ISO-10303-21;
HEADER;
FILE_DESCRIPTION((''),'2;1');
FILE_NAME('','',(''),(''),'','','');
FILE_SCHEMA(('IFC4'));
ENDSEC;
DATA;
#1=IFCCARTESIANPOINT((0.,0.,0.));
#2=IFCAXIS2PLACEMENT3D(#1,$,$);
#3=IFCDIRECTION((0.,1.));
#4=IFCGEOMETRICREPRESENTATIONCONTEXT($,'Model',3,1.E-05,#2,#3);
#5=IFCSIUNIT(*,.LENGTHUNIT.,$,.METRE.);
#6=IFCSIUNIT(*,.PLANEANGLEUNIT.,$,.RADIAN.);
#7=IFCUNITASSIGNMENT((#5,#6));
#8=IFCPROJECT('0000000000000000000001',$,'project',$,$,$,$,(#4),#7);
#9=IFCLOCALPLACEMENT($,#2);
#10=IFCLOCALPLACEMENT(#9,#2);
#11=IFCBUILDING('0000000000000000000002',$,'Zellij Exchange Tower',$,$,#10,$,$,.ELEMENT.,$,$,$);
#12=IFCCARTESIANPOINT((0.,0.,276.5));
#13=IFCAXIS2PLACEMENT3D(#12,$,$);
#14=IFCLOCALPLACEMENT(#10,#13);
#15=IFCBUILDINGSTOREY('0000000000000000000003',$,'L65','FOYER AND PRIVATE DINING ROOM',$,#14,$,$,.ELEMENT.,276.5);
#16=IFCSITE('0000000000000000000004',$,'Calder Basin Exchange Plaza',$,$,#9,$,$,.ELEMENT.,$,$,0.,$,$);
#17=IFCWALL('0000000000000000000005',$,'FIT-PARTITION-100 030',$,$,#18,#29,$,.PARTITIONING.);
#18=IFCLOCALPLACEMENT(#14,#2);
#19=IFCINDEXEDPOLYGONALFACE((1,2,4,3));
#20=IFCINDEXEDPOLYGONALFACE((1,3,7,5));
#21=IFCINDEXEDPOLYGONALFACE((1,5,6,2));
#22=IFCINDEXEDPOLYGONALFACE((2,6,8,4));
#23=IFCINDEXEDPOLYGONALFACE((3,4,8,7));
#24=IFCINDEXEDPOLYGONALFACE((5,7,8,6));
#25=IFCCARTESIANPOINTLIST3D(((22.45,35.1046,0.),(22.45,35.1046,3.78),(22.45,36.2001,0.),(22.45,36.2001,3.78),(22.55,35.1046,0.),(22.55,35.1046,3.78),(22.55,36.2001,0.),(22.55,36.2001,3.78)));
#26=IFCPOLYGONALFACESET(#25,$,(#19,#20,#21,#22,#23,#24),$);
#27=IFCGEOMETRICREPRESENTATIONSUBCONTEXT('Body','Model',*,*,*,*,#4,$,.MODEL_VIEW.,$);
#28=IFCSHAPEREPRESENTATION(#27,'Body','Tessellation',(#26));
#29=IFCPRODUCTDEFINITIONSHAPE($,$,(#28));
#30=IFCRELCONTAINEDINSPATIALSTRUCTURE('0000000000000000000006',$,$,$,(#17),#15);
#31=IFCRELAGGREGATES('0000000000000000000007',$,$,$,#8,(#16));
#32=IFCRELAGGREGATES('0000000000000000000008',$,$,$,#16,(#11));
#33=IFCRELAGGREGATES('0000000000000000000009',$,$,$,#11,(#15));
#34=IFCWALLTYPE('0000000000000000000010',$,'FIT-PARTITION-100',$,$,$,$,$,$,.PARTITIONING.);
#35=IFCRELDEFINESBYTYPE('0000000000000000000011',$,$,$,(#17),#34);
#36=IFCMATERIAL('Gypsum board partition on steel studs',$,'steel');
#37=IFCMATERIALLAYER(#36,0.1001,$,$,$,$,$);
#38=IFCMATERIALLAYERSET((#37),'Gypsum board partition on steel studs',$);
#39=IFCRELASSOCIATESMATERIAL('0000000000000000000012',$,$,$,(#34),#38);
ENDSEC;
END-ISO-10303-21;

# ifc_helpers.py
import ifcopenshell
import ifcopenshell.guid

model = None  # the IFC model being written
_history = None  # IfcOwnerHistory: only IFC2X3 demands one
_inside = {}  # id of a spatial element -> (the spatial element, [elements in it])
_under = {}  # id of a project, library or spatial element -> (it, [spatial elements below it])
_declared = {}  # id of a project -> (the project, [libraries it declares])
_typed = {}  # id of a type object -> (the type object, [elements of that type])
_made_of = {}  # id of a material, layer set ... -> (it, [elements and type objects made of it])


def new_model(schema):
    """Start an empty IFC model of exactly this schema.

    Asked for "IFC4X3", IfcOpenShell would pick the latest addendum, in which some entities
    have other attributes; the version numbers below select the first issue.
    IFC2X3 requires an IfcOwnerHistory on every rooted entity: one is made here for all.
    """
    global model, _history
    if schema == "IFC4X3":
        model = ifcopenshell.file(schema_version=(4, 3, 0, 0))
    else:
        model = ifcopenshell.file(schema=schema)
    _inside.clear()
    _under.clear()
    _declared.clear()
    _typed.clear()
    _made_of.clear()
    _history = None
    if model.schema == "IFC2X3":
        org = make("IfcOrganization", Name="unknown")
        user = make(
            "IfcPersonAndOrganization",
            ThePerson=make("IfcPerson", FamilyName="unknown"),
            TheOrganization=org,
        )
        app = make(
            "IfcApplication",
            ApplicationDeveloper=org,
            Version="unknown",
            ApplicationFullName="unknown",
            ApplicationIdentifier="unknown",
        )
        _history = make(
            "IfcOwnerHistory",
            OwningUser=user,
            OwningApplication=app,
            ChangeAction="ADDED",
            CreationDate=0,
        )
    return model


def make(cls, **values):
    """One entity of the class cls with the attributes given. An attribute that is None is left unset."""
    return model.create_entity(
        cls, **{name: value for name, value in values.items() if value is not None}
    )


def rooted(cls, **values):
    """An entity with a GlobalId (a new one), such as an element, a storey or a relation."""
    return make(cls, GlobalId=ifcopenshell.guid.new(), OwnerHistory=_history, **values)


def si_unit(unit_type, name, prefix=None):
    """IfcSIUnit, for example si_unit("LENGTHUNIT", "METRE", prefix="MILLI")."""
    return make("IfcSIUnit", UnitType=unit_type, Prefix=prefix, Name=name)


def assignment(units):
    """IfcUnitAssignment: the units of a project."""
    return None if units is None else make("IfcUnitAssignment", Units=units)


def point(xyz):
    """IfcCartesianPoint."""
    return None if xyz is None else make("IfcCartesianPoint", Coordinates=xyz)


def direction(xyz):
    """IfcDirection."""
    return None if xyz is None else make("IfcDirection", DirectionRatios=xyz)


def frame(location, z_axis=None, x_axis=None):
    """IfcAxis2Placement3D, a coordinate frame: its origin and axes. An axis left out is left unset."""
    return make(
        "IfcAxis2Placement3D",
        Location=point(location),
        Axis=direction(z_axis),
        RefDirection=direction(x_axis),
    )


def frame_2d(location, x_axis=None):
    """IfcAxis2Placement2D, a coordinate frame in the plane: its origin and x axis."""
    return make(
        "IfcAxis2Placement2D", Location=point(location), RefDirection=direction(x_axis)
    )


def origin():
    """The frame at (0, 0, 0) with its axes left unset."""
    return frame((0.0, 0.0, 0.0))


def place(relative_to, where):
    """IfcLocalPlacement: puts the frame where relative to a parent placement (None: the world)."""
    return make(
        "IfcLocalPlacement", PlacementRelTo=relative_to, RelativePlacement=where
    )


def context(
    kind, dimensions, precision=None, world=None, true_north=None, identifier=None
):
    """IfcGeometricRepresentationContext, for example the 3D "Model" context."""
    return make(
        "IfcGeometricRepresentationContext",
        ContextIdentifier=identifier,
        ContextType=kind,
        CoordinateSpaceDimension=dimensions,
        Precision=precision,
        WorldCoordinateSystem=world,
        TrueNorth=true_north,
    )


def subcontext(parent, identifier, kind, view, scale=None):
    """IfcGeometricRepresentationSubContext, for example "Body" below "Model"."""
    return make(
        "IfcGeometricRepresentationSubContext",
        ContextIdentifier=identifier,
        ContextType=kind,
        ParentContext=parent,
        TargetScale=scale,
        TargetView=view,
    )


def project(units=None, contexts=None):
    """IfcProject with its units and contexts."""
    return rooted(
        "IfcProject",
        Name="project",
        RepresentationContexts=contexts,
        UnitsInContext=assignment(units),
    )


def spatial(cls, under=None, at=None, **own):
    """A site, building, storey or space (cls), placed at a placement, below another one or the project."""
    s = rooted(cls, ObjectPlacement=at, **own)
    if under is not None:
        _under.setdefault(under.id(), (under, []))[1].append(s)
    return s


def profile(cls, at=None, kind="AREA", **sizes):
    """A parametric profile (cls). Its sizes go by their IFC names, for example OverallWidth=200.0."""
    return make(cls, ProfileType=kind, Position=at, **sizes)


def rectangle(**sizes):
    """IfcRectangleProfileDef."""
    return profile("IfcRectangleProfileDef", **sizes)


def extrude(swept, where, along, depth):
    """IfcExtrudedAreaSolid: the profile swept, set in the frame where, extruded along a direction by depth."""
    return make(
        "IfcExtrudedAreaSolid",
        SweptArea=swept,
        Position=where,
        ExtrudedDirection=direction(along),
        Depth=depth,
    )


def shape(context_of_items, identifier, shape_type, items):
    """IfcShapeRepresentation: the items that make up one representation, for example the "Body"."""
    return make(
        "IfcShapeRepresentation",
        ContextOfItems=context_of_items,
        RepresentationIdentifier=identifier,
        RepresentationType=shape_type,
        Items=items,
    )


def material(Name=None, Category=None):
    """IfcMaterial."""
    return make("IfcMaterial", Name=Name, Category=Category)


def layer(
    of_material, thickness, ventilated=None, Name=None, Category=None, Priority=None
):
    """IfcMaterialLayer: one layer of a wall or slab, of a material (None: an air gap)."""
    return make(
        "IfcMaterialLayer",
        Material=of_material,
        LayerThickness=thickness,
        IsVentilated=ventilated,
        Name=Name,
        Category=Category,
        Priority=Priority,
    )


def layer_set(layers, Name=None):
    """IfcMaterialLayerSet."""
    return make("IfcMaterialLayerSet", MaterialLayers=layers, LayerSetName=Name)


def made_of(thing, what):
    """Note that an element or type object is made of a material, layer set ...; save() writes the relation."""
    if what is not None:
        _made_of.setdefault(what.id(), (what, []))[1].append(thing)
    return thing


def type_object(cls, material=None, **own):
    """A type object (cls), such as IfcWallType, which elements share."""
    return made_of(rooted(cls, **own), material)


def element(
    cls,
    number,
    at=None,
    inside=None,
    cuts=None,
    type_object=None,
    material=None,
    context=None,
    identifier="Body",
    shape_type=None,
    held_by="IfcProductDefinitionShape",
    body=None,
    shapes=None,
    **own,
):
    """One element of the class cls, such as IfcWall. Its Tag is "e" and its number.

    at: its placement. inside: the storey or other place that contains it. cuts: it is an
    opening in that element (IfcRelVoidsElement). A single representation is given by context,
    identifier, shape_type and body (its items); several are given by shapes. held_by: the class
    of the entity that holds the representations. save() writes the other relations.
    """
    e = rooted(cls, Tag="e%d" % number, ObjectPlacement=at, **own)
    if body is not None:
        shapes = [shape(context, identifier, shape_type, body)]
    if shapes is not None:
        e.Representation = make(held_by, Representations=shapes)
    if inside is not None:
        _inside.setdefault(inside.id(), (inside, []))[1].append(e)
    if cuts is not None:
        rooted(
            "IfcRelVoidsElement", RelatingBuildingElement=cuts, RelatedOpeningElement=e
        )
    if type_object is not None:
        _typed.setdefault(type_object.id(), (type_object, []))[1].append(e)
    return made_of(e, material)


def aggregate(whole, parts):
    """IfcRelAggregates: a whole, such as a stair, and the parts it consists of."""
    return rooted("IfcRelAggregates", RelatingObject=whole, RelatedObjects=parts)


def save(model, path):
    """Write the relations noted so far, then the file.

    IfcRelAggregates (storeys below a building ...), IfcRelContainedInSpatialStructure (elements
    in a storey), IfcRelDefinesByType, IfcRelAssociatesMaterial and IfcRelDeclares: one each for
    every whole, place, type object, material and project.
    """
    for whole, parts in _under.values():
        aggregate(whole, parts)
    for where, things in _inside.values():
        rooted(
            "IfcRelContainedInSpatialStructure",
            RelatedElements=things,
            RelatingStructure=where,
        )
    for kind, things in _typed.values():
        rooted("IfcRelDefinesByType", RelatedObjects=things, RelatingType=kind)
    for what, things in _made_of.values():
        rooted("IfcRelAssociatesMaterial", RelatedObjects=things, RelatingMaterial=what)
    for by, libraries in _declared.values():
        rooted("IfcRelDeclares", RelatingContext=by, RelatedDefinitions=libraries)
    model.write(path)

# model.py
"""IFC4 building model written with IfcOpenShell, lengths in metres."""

from ifc_helpers import new_model, si_unit, direction, frame, frame_2d, origin, place, context, subcontext, project, spatial, rectangle, extrude, material, layer, layer_set, type_object, element, save


model = new_model("IFC4")

# Units and contexts
model_context = context("Model", 3, precision=1e-05, world=origin(), true_north=direction((0.0, 1.0)))
body_context = subcontext(model_context, "Body", "Model", "MODEL_VIEW")
ifc_project = project(units=[si_unit("LENGTHUNIT", "METRE"), si_unit("PLANEANGLEUNIT", "RADIAN")], contexts=[model_context])

# Site, building, storey
site_placement = place(None, origin())
site = spatial("IfcSite", under=ifc_project, at=site_placement, Name="Calder Basin Exchange Plaza", CompositionType="ELEMENT", RefElevation=0.0)
building_placement = place(site_placement, origin())
building = spatial("IfcBuilding", under=site, at=building_placement, Name="Zellij Exchange Tower", CompositionType="ELEMENT")
storey_placement = place(building_placement, frame((0.0, 0.0, 276.5)))
storey = spatial("IfcBuildingStorey", under=building, at=storey_placement, Name="L65", Description="FOYER AND PRIVATE DINING ROOM", CompositionType="ELEMENT", Elevation=276.5)

# Wall
ifc_material_1 = material(Name="Gypsum board partition on steel studs", Category="steel")
ifc_layer = layer(ifc_material_1, 0.1001)
ifc_layer_set = layer_set([ifc_layer], Name="Gypsum board partition on steel studs")
wall_type = type_object("IfcWallType", Name="FIT-PARTITION-100", PredefinedType="PARTITIONING", material=ifc_layer_set)
wall_1_placement = place(storey_placement, frame((22.5, 35.1045, 0.0), z_axis=(0.0, 0.0, 1.0), x_axis=(0.0, 1.0, 0.0)))
element("IfcWall", 1, at=wall_1_placement, inside=storey, type_object=wall_type, Name="FIT-PARTITION-100 030", PredefinedType="PARTITIONING", context=body_context, shape_type="SweptSolid", body=[
    extrude(rectangle(XDim=1.0955, YDim=0.1001, at=frame_2d((0.5479, 0.0))), origin(), (0.0, 0.0, 1.0), 3.78),
])

save(model, "model.ifc")
